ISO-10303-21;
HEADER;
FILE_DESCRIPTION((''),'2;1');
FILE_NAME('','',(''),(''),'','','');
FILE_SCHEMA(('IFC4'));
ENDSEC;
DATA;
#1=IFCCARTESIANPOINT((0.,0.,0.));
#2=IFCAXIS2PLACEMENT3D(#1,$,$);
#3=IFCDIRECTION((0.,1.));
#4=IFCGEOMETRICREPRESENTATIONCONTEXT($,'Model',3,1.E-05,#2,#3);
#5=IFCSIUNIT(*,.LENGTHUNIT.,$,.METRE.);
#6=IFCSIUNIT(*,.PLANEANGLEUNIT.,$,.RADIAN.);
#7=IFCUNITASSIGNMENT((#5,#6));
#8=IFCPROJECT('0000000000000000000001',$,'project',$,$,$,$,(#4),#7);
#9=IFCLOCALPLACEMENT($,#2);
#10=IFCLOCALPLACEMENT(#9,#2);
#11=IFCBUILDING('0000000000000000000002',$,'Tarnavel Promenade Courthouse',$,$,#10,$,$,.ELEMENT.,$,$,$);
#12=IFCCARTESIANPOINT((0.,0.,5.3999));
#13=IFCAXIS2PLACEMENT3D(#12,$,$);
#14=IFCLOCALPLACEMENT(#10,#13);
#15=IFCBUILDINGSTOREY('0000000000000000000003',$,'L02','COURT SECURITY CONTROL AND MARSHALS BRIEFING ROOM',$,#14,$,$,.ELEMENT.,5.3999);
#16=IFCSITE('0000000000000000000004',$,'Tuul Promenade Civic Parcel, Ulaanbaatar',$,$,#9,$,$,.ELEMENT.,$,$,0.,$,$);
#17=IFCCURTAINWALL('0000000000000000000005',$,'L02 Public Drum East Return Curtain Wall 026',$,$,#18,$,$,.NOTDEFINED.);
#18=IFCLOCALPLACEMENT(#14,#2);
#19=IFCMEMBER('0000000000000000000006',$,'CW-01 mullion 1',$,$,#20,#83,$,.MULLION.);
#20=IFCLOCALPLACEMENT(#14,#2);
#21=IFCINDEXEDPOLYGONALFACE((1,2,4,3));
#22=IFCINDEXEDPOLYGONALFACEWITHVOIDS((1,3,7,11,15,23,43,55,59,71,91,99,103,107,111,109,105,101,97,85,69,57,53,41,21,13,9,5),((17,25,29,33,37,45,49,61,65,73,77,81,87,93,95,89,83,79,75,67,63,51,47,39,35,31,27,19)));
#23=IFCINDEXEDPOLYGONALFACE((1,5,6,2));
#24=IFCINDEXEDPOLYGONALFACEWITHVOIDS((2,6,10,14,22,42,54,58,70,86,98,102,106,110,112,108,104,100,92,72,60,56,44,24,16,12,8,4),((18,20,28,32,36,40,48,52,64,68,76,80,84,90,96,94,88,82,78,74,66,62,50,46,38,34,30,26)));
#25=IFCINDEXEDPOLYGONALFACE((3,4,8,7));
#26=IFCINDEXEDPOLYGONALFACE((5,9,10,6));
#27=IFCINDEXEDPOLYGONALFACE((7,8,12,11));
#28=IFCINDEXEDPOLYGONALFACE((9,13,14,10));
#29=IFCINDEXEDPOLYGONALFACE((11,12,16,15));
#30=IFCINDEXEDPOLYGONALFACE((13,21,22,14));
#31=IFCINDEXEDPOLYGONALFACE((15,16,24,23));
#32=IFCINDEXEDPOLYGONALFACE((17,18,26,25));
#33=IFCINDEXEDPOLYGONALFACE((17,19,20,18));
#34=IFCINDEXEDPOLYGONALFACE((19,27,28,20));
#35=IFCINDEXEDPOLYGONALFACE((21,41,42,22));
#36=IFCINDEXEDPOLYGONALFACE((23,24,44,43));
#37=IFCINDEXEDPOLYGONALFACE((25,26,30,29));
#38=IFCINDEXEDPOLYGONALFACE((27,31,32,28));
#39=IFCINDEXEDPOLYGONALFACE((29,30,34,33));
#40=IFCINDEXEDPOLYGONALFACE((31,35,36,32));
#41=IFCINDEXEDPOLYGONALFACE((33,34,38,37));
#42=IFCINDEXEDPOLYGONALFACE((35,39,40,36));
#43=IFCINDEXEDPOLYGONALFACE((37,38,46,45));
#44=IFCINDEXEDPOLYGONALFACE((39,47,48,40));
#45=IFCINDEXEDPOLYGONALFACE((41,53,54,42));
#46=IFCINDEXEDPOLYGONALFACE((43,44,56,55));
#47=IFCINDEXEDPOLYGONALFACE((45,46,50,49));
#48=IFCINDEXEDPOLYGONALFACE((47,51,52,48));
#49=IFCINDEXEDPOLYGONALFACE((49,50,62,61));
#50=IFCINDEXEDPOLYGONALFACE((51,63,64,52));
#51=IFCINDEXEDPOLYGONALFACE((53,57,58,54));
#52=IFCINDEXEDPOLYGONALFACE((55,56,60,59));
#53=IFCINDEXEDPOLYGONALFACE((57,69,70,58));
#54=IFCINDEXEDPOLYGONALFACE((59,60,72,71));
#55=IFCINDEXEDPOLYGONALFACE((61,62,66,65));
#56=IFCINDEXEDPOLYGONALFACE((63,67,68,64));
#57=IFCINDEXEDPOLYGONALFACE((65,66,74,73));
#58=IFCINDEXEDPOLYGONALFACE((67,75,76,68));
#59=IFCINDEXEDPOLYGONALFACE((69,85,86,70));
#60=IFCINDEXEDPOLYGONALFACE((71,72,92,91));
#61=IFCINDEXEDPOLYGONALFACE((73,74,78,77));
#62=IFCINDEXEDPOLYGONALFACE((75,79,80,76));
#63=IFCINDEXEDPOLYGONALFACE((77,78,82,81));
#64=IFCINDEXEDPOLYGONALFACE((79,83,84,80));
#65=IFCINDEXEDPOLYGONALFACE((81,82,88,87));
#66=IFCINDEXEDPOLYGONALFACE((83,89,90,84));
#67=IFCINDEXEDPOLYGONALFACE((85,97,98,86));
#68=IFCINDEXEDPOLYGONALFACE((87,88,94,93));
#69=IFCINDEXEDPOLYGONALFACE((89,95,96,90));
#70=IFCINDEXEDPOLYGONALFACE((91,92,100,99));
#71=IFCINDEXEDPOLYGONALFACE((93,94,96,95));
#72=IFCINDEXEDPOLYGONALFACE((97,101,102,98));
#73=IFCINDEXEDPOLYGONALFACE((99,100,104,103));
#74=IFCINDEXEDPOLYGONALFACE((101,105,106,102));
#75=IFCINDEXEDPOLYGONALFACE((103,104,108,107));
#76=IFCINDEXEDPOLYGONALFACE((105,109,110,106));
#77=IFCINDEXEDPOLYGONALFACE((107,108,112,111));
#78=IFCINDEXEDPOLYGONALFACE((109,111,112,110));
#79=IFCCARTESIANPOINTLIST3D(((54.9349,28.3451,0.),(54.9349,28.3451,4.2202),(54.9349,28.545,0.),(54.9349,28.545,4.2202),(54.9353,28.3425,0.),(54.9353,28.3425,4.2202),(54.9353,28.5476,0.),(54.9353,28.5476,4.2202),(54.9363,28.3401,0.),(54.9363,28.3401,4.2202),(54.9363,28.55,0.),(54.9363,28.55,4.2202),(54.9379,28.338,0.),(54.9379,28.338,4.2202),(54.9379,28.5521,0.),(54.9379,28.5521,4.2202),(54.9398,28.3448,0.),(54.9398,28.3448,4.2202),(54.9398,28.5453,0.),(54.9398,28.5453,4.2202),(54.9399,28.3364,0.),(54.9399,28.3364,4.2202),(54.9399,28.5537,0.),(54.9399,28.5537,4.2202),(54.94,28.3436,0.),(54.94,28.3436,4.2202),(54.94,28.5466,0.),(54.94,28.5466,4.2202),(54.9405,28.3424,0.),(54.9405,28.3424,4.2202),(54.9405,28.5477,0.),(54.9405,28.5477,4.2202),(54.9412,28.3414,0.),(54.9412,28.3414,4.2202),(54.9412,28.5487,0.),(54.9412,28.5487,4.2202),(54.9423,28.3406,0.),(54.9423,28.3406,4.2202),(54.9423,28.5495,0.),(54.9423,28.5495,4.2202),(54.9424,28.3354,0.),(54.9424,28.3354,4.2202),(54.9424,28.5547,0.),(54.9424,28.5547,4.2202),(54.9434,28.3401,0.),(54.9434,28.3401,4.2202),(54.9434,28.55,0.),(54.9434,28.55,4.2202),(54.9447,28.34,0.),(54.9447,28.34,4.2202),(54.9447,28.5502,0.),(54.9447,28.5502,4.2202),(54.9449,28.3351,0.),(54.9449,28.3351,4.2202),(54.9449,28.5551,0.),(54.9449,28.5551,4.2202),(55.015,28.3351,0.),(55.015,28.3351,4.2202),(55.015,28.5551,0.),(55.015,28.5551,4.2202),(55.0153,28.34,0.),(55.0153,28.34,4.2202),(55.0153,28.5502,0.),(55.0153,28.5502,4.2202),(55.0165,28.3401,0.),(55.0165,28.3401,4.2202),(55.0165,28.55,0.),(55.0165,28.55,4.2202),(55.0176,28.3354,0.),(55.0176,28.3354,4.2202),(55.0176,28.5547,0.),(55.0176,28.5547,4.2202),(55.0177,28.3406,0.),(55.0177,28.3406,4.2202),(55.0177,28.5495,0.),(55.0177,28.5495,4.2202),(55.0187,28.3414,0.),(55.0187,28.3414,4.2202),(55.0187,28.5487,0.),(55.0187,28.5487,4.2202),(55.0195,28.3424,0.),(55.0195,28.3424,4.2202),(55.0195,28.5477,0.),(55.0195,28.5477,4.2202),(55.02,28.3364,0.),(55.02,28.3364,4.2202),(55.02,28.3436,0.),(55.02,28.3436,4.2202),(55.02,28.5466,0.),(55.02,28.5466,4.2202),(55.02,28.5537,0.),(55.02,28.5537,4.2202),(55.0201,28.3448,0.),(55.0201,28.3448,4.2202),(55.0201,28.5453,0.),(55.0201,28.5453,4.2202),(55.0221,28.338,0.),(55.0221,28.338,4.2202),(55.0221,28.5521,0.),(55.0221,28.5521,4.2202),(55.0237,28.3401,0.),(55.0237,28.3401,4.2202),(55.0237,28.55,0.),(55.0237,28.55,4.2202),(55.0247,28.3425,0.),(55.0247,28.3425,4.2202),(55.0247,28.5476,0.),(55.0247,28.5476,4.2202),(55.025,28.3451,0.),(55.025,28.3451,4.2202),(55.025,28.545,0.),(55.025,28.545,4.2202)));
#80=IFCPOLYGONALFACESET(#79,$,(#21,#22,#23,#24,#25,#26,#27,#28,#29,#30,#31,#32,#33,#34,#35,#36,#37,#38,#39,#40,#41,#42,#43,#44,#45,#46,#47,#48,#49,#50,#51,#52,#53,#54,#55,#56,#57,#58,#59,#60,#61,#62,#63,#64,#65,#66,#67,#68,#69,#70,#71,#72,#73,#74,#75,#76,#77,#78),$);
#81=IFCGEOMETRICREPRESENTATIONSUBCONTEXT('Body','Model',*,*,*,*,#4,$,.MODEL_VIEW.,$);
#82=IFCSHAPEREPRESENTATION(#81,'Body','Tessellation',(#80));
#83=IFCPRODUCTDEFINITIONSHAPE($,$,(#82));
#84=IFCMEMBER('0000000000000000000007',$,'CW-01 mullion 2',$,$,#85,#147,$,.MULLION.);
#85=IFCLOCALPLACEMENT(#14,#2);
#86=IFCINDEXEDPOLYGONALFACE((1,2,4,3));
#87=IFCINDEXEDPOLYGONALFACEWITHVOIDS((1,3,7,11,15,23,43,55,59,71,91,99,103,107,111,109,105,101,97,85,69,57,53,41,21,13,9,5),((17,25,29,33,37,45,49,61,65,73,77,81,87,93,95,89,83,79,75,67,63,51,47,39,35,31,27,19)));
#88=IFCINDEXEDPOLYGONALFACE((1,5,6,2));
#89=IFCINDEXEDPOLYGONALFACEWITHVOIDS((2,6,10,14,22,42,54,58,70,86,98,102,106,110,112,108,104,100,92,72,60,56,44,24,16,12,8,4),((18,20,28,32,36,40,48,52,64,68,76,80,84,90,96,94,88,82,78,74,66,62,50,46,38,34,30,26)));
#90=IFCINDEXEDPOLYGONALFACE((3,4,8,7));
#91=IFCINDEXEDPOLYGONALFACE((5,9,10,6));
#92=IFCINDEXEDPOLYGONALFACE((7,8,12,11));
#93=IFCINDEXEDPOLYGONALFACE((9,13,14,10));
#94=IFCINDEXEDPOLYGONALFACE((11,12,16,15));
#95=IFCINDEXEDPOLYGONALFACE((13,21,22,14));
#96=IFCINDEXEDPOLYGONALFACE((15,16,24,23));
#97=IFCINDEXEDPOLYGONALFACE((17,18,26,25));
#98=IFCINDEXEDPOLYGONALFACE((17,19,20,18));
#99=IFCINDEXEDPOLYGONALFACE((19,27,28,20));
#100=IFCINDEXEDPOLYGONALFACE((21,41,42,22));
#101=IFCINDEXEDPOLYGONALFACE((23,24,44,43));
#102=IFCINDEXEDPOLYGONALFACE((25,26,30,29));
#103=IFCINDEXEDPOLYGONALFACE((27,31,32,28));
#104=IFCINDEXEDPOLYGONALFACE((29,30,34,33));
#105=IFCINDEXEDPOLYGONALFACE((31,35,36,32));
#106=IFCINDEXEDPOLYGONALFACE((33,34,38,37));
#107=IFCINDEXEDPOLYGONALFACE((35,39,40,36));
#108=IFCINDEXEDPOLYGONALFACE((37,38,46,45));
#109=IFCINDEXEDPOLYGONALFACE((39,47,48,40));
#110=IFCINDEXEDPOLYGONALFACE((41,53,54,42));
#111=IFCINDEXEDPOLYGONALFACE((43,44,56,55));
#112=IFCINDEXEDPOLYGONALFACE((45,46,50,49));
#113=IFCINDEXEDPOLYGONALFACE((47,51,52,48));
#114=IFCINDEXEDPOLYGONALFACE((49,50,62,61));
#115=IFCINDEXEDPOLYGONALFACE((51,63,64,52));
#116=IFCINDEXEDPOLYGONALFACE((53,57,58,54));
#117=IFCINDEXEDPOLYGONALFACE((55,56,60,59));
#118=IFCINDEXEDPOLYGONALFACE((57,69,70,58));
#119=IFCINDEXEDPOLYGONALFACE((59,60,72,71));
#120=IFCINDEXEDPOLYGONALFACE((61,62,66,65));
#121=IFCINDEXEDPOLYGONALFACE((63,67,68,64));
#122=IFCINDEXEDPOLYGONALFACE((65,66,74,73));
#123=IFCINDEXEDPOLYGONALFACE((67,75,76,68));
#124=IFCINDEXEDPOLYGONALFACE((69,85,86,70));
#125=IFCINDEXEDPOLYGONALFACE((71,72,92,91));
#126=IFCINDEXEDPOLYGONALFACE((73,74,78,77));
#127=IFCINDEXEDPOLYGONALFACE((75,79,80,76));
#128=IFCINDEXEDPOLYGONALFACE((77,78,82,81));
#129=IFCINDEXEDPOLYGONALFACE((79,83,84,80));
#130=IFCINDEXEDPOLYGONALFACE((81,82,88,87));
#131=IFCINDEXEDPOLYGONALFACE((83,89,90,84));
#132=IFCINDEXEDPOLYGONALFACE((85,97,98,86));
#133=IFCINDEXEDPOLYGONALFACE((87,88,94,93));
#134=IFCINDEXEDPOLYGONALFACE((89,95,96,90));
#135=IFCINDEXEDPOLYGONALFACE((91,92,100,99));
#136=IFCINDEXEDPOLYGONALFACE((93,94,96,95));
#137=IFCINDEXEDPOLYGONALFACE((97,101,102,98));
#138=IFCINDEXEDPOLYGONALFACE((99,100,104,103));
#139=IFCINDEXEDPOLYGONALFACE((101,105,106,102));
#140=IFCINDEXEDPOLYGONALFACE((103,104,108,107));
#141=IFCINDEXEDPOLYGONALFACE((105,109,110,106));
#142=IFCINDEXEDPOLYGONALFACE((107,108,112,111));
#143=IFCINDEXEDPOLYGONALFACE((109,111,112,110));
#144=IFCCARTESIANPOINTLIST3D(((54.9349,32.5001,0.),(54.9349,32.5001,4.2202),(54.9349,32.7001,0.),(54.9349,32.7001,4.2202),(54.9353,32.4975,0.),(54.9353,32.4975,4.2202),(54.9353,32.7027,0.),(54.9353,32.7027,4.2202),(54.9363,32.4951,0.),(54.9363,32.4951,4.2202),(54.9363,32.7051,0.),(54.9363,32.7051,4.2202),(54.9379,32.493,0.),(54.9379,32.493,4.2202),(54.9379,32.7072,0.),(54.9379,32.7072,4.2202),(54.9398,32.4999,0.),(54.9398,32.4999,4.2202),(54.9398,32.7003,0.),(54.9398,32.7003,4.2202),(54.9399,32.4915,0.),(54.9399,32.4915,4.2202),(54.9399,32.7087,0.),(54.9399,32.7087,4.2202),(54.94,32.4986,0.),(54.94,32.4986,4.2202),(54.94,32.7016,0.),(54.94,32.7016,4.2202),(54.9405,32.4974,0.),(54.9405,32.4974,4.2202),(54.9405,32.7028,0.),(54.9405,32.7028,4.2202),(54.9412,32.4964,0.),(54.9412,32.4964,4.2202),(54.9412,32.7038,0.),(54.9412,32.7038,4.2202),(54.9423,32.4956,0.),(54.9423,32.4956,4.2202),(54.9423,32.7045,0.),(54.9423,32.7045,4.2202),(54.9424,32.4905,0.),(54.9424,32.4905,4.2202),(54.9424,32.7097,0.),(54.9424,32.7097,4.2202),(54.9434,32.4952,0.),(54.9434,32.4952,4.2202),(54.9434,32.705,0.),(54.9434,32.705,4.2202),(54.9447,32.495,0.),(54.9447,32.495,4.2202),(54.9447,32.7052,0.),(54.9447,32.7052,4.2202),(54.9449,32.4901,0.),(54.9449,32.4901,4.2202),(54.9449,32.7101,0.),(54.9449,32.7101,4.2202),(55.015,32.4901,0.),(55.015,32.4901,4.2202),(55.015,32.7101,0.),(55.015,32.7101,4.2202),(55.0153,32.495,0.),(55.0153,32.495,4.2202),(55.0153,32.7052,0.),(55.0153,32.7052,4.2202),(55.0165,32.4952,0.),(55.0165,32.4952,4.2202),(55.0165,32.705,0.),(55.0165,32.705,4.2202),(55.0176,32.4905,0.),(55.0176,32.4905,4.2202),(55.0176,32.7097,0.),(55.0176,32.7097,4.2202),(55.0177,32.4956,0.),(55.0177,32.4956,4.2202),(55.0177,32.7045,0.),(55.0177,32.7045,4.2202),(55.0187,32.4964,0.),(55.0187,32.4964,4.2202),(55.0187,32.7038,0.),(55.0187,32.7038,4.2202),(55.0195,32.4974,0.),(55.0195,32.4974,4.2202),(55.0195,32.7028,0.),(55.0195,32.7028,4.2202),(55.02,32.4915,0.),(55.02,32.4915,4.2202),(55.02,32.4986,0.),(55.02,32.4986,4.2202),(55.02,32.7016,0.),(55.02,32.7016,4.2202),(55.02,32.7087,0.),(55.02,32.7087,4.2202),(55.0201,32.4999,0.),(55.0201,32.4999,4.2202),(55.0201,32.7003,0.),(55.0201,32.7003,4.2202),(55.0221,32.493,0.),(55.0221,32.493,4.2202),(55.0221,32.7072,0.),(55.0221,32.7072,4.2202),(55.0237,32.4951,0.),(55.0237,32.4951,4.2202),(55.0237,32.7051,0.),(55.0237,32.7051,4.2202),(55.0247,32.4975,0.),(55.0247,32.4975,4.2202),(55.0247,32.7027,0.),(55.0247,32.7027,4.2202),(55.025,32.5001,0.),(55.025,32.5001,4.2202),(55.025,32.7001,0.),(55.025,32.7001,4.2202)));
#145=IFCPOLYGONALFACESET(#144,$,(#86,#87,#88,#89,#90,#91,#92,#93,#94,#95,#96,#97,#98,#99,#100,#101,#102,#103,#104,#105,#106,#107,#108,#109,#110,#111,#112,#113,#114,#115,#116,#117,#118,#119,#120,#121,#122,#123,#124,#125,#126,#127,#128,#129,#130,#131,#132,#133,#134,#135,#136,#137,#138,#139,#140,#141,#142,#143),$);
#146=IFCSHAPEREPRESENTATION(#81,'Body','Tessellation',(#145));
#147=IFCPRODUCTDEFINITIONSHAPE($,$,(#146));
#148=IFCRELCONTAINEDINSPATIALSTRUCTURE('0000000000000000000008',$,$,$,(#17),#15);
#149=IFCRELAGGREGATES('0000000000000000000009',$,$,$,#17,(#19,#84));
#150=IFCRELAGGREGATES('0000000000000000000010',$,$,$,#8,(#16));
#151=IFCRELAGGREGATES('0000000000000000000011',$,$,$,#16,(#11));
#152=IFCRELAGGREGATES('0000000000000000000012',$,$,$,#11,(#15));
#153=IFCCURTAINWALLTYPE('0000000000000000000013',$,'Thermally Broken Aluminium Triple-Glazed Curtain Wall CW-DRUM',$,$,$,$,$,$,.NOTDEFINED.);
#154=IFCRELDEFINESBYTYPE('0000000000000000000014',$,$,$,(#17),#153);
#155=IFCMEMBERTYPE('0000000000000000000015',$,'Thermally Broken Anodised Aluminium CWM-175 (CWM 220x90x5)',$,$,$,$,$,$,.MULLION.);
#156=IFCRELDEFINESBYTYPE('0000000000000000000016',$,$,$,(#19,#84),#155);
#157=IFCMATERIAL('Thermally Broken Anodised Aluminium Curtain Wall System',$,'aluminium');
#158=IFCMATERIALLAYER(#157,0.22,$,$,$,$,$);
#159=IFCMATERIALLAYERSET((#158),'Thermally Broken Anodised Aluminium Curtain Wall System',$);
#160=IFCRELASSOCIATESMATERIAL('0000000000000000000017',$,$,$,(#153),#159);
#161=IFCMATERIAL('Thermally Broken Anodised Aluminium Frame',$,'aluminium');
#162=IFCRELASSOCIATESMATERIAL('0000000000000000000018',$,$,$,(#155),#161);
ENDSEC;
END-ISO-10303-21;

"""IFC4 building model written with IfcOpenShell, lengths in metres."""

from ifc_helpers import new_model, si_unit, direction, frame, origin, origin_2d, place, context, subcontext, project, spatial, hollow_rectangle, extrude, material, layer, layer_set, material_profile, profile_set, type_object, element, aggregate, save


model = new_model("IFC4")

# Units and contexts
model_context = context("Model", 3, precision=1e-05, world=origin(), true_north=direction((0.0, 1.0)))
body_context = subcontext(model_context, "Body", "Model", "MODEL_VIEW")
ifc_project = project(units=[si_unit("LENGTHUNIT", "METRE"), si_unit("PLANEANGLEUNIT", "RADIAN")], contexts=[model_context])

# Site, building, storey
site_placement = place(None, origin())
site = spatial("IfcSite", under=ifc_project, at=site_placement, Name="Tuul Promenade Civic Parcel, Ulaanbaatar", CompositionType="ELEMENT", RefElevation=0.0)
building_placement = place(site_placement, origin())
building = spatial("IfcBuilding", under=site, at=building_placement, Name="Tarnavel Promenade Courthouse", CompositionType="ELEMENT")
storey_placement = place(building_placement, frame((0.0, 0.0, 5.3999)))
storey = spatial("IfcBuildingStorey", under=building, at=storey_placement, Name="L02", Description="COURT SECURITY CONTROL AND MARSHALS BRIEFING ROOM", CompositionType="ELEMENT", Elevation=5.3999)

# Curtain wall, members
ifc_material_1 = material(Name="Thermally Broken Anodised Aluminium Curtain Wall System", Category="aluminium")
ifc_layer_1 = layer(ifc_material_1, 0.22)
ifc_layer_set_1 = layer_set([ifc_layer_1], Name="Thermally Broken Anodised Aluminium Curtain Wall System")
curtain_wall_type_1 = type_object("IfcCurtainWallType", Name="Thermally Broken Aluminium Triple-Glazed Curtain Wall CW-DRUM", PredefinedType="NOTDEFINED", material=ifc_layer_set_1)
ifc_material_2 = material(Name="Thermally Broken Anodised Aluminium Frame", Category="aluminium")
ifc_material_profile_1 = material_profile(ifc_material_2, hollow_rectangle(XDim=0.0901, YDim=0.22, WallThickness=0.0049, InnerFilletRadius=0.0049, OuterFilletRadius=0.01, at=origin_2d()), Name="CWM 220x90x5")
ifc_profile_set_1 = profile_set([ifc_material_profile_1], Name="Thermally Broken Anodised Aluminium Frame")
member_type_1 = type_object("IfcMemberType", Name="Thermally Broken Anodised Aluminium CWM-175 (CWM 220x90x5)", PredefinedType="MULLION", material=ifc_profile_set_1)
curtain_wall_1_placement = place(storey_placement, origin())
curtain_wall_1 = element("IfcCurtainWall", 1, at=curtain_wall_1_placement, inside=storey, type_object=curtain_wall_type_1, Name="L02 Public Drum East Return Curtain Wall 026", PredefinedType="NOTDEFINED")
member_1_placement = place(storey_placement, frame((54.98, 28.4451, 0.0), z_axis=(0.0, 0.0, 1.0), x_axis=(-1.0, 0.0, 0.0)))
member_1 = element("IfcMember", 2, at=member_1_placement, type_object=member_type_1, Name="CW-01 mullion 1", PredefinedType="MULLION", context=body_context, shape_type="SweptSolid", body=[
    extrude(hollow_rectangle(XDim=0.0901, YDim=0.22, WallThickness=0.0049, InnerFilletRadius=0.0049, OuterFilletRadius=0.01, at=origin_2d()), origin(), (0.0, 0.0, 1.0), 4.2202),
])
member_2_placement = place(storey_placement, frame((54.98, 32.6001, 0.0), z_axis=(0.0, 0.0, 1.0), x_axis=(-1.0, 0.0, 0.0)))
member_2 = element("IfcMember", 3, at=member_2_placement, type_object=member_type_1, Name="CW-01 mullion 2", PredefinedType="MULLION", context=body_context, shape_type="SweptSolid", body=[
    extrude(hollow_rectangle(XDim=0.0901, YDim=0.22, WallThickness=0.0049, InnerFilletRadius=0.0049, OuterFilletRadius=0.01, at=origin_2d()), origin(), (0.0, 0.0, 1.0), 4.2202),
])

aggregate(curtain_wall_1, [member_1, member_2])

save(model, "model.ifc")
